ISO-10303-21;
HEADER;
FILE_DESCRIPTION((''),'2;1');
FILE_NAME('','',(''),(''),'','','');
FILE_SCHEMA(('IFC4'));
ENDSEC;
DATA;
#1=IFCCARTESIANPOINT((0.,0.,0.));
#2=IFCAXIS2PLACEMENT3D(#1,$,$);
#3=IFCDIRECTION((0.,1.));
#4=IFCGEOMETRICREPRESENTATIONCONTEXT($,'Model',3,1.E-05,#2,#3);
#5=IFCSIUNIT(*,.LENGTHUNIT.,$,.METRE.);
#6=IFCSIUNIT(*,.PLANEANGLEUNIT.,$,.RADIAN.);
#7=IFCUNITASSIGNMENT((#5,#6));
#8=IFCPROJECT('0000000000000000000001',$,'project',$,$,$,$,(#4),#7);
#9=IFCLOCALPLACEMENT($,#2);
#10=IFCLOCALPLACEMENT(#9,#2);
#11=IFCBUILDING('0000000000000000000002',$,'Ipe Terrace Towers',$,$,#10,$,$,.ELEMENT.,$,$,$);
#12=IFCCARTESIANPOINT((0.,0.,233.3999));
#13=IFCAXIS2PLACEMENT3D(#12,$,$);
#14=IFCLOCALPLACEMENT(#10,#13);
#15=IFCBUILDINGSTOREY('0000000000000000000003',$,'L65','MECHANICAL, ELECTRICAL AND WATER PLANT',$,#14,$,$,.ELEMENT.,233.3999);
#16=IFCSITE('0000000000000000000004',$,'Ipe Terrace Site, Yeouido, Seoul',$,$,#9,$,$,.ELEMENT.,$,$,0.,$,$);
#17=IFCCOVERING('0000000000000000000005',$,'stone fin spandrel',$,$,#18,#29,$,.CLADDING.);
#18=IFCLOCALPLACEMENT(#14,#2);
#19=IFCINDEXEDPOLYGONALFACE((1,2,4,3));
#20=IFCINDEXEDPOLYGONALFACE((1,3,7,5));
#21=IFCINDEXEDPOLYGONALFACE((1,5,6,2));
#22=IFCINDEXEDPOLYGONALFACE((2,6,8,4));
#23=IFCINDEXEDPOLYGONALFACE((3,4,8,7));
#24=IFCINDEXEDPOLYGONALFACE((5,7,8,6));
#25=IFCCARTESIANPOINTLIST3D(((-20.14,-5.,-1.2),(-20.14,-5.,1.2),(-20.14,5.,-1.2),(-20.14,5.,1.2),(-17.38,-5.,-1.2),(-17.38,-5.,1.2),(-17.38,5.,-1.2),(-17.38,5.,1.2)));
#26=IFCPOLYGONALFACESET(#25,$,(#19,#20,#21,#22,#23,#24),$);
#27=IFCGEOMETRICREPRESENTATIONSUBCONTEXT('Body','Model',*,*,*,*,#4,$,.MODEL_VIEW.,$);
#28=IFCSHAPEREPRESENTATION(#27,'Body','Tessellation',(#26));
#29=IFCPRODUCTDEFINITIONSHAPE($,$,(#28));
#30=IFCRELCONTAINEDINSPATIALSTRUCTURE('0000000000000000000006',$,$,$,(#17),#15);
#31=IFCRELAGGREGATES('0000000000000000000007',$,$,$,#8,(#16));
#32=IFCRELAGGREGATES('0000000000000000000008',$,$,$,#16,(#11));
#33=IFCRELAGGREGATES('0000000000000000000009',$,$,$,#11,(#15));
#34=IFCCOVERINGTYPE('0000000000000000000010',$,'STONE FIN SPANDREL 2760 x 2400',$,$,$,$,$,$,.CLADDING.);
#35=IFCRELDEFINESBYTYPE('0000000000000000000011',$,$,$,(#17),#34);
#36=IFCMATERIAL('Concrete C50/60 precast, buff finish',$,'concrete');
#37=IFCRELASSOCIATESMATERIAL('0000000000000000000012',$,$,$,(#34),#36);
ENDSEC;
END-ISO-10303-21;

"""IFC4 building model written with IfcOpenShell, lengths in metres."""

from ifc_helpers import new_model, si_unit, direction, frame, origin, origin_2d, place, context, subcontext, project, spatial, rectangle, extrude, material, material_profile, profile_set, type_object, element, save


model = new_model("IFC4")

# Units and contexts
model_context = context("Model", 3, precision=1e-05, world=origin(), true_north=direction((0.0, 1.0)))
body_context = subcontext(model_context, "Body", "Model", "MODEL_VIEW")
ifc_project = project(units=[si_unit("LENGTHUNIT", "METRE"), si_unit("PLANEANGLEUNIT", "RADIAN")], contexts=[model_context])

# Site, building, storey
site_placement = place(None, origin())
site = spatial("IfcSite", under=ifc_project, at=site_placement, Name="Ipe Terrace Site, Yeouido, Seoul", CompositionType="ELEMENT", RefElevation=0.0)
building_placement = place(site_placement, origin())
building = spatial("IfcBuilding", under=site, at=building_placement, Name="Ipe Terrace Towers", CompositionType="ELEMENT")
storey_placement = place(building_placement, frame((0.0, 0.0, 233.3999)))
storey = spatial("IfcBuildingStorey", under=building, at=storey_placement, Name="L65", Description="MECHANICAL, ELECTRICAL AND WATER PLANT", CompositionType="ELEMENT", Elevation=233.3999)

# Covering
ifc_material_1 = material(Name="Concrete C50/60 precast, buff finish", Category="concrete")
ifc_material_profile = material_profile(ifc_material_1, rectangle(XDim=2.76, YDim=2.3999, at=origin_2d()), Name="STONE FIN SPANDREL 2760 x 2400")
ifc_profile_set = profile_set([ifc_material_profile], Name="Concrete C50/60 precast, buff finish")
covering_type_1 = type_object("IfcCoveringType", Name="STONE FIN SPANDREL 2760 x 2400", PredefinedType="CLADDING", material=ifc_profile_set)
covering_1_placement = place(storey_placement, frame((-18.76, -5.0, 0.0), z_axis=(0.0, 1.0, 0.0), x_axis=(1.0, 0.0, 0.0)))
element("IfcCovering", 1, at=covering_1_placement, inside=storey, type_object=covering_type_1, Name="stone fin spandrel", PredefinedType="CLADDING", context=body_context, shape_type="SweptSolid", body=[
    extrude(rectangle(XDim=2.76, YDim=2.3999, at=origin_2d()), origin(), (0.0, 0.0, 1.0), 10.0),
])

save(model, "model.ifc")
